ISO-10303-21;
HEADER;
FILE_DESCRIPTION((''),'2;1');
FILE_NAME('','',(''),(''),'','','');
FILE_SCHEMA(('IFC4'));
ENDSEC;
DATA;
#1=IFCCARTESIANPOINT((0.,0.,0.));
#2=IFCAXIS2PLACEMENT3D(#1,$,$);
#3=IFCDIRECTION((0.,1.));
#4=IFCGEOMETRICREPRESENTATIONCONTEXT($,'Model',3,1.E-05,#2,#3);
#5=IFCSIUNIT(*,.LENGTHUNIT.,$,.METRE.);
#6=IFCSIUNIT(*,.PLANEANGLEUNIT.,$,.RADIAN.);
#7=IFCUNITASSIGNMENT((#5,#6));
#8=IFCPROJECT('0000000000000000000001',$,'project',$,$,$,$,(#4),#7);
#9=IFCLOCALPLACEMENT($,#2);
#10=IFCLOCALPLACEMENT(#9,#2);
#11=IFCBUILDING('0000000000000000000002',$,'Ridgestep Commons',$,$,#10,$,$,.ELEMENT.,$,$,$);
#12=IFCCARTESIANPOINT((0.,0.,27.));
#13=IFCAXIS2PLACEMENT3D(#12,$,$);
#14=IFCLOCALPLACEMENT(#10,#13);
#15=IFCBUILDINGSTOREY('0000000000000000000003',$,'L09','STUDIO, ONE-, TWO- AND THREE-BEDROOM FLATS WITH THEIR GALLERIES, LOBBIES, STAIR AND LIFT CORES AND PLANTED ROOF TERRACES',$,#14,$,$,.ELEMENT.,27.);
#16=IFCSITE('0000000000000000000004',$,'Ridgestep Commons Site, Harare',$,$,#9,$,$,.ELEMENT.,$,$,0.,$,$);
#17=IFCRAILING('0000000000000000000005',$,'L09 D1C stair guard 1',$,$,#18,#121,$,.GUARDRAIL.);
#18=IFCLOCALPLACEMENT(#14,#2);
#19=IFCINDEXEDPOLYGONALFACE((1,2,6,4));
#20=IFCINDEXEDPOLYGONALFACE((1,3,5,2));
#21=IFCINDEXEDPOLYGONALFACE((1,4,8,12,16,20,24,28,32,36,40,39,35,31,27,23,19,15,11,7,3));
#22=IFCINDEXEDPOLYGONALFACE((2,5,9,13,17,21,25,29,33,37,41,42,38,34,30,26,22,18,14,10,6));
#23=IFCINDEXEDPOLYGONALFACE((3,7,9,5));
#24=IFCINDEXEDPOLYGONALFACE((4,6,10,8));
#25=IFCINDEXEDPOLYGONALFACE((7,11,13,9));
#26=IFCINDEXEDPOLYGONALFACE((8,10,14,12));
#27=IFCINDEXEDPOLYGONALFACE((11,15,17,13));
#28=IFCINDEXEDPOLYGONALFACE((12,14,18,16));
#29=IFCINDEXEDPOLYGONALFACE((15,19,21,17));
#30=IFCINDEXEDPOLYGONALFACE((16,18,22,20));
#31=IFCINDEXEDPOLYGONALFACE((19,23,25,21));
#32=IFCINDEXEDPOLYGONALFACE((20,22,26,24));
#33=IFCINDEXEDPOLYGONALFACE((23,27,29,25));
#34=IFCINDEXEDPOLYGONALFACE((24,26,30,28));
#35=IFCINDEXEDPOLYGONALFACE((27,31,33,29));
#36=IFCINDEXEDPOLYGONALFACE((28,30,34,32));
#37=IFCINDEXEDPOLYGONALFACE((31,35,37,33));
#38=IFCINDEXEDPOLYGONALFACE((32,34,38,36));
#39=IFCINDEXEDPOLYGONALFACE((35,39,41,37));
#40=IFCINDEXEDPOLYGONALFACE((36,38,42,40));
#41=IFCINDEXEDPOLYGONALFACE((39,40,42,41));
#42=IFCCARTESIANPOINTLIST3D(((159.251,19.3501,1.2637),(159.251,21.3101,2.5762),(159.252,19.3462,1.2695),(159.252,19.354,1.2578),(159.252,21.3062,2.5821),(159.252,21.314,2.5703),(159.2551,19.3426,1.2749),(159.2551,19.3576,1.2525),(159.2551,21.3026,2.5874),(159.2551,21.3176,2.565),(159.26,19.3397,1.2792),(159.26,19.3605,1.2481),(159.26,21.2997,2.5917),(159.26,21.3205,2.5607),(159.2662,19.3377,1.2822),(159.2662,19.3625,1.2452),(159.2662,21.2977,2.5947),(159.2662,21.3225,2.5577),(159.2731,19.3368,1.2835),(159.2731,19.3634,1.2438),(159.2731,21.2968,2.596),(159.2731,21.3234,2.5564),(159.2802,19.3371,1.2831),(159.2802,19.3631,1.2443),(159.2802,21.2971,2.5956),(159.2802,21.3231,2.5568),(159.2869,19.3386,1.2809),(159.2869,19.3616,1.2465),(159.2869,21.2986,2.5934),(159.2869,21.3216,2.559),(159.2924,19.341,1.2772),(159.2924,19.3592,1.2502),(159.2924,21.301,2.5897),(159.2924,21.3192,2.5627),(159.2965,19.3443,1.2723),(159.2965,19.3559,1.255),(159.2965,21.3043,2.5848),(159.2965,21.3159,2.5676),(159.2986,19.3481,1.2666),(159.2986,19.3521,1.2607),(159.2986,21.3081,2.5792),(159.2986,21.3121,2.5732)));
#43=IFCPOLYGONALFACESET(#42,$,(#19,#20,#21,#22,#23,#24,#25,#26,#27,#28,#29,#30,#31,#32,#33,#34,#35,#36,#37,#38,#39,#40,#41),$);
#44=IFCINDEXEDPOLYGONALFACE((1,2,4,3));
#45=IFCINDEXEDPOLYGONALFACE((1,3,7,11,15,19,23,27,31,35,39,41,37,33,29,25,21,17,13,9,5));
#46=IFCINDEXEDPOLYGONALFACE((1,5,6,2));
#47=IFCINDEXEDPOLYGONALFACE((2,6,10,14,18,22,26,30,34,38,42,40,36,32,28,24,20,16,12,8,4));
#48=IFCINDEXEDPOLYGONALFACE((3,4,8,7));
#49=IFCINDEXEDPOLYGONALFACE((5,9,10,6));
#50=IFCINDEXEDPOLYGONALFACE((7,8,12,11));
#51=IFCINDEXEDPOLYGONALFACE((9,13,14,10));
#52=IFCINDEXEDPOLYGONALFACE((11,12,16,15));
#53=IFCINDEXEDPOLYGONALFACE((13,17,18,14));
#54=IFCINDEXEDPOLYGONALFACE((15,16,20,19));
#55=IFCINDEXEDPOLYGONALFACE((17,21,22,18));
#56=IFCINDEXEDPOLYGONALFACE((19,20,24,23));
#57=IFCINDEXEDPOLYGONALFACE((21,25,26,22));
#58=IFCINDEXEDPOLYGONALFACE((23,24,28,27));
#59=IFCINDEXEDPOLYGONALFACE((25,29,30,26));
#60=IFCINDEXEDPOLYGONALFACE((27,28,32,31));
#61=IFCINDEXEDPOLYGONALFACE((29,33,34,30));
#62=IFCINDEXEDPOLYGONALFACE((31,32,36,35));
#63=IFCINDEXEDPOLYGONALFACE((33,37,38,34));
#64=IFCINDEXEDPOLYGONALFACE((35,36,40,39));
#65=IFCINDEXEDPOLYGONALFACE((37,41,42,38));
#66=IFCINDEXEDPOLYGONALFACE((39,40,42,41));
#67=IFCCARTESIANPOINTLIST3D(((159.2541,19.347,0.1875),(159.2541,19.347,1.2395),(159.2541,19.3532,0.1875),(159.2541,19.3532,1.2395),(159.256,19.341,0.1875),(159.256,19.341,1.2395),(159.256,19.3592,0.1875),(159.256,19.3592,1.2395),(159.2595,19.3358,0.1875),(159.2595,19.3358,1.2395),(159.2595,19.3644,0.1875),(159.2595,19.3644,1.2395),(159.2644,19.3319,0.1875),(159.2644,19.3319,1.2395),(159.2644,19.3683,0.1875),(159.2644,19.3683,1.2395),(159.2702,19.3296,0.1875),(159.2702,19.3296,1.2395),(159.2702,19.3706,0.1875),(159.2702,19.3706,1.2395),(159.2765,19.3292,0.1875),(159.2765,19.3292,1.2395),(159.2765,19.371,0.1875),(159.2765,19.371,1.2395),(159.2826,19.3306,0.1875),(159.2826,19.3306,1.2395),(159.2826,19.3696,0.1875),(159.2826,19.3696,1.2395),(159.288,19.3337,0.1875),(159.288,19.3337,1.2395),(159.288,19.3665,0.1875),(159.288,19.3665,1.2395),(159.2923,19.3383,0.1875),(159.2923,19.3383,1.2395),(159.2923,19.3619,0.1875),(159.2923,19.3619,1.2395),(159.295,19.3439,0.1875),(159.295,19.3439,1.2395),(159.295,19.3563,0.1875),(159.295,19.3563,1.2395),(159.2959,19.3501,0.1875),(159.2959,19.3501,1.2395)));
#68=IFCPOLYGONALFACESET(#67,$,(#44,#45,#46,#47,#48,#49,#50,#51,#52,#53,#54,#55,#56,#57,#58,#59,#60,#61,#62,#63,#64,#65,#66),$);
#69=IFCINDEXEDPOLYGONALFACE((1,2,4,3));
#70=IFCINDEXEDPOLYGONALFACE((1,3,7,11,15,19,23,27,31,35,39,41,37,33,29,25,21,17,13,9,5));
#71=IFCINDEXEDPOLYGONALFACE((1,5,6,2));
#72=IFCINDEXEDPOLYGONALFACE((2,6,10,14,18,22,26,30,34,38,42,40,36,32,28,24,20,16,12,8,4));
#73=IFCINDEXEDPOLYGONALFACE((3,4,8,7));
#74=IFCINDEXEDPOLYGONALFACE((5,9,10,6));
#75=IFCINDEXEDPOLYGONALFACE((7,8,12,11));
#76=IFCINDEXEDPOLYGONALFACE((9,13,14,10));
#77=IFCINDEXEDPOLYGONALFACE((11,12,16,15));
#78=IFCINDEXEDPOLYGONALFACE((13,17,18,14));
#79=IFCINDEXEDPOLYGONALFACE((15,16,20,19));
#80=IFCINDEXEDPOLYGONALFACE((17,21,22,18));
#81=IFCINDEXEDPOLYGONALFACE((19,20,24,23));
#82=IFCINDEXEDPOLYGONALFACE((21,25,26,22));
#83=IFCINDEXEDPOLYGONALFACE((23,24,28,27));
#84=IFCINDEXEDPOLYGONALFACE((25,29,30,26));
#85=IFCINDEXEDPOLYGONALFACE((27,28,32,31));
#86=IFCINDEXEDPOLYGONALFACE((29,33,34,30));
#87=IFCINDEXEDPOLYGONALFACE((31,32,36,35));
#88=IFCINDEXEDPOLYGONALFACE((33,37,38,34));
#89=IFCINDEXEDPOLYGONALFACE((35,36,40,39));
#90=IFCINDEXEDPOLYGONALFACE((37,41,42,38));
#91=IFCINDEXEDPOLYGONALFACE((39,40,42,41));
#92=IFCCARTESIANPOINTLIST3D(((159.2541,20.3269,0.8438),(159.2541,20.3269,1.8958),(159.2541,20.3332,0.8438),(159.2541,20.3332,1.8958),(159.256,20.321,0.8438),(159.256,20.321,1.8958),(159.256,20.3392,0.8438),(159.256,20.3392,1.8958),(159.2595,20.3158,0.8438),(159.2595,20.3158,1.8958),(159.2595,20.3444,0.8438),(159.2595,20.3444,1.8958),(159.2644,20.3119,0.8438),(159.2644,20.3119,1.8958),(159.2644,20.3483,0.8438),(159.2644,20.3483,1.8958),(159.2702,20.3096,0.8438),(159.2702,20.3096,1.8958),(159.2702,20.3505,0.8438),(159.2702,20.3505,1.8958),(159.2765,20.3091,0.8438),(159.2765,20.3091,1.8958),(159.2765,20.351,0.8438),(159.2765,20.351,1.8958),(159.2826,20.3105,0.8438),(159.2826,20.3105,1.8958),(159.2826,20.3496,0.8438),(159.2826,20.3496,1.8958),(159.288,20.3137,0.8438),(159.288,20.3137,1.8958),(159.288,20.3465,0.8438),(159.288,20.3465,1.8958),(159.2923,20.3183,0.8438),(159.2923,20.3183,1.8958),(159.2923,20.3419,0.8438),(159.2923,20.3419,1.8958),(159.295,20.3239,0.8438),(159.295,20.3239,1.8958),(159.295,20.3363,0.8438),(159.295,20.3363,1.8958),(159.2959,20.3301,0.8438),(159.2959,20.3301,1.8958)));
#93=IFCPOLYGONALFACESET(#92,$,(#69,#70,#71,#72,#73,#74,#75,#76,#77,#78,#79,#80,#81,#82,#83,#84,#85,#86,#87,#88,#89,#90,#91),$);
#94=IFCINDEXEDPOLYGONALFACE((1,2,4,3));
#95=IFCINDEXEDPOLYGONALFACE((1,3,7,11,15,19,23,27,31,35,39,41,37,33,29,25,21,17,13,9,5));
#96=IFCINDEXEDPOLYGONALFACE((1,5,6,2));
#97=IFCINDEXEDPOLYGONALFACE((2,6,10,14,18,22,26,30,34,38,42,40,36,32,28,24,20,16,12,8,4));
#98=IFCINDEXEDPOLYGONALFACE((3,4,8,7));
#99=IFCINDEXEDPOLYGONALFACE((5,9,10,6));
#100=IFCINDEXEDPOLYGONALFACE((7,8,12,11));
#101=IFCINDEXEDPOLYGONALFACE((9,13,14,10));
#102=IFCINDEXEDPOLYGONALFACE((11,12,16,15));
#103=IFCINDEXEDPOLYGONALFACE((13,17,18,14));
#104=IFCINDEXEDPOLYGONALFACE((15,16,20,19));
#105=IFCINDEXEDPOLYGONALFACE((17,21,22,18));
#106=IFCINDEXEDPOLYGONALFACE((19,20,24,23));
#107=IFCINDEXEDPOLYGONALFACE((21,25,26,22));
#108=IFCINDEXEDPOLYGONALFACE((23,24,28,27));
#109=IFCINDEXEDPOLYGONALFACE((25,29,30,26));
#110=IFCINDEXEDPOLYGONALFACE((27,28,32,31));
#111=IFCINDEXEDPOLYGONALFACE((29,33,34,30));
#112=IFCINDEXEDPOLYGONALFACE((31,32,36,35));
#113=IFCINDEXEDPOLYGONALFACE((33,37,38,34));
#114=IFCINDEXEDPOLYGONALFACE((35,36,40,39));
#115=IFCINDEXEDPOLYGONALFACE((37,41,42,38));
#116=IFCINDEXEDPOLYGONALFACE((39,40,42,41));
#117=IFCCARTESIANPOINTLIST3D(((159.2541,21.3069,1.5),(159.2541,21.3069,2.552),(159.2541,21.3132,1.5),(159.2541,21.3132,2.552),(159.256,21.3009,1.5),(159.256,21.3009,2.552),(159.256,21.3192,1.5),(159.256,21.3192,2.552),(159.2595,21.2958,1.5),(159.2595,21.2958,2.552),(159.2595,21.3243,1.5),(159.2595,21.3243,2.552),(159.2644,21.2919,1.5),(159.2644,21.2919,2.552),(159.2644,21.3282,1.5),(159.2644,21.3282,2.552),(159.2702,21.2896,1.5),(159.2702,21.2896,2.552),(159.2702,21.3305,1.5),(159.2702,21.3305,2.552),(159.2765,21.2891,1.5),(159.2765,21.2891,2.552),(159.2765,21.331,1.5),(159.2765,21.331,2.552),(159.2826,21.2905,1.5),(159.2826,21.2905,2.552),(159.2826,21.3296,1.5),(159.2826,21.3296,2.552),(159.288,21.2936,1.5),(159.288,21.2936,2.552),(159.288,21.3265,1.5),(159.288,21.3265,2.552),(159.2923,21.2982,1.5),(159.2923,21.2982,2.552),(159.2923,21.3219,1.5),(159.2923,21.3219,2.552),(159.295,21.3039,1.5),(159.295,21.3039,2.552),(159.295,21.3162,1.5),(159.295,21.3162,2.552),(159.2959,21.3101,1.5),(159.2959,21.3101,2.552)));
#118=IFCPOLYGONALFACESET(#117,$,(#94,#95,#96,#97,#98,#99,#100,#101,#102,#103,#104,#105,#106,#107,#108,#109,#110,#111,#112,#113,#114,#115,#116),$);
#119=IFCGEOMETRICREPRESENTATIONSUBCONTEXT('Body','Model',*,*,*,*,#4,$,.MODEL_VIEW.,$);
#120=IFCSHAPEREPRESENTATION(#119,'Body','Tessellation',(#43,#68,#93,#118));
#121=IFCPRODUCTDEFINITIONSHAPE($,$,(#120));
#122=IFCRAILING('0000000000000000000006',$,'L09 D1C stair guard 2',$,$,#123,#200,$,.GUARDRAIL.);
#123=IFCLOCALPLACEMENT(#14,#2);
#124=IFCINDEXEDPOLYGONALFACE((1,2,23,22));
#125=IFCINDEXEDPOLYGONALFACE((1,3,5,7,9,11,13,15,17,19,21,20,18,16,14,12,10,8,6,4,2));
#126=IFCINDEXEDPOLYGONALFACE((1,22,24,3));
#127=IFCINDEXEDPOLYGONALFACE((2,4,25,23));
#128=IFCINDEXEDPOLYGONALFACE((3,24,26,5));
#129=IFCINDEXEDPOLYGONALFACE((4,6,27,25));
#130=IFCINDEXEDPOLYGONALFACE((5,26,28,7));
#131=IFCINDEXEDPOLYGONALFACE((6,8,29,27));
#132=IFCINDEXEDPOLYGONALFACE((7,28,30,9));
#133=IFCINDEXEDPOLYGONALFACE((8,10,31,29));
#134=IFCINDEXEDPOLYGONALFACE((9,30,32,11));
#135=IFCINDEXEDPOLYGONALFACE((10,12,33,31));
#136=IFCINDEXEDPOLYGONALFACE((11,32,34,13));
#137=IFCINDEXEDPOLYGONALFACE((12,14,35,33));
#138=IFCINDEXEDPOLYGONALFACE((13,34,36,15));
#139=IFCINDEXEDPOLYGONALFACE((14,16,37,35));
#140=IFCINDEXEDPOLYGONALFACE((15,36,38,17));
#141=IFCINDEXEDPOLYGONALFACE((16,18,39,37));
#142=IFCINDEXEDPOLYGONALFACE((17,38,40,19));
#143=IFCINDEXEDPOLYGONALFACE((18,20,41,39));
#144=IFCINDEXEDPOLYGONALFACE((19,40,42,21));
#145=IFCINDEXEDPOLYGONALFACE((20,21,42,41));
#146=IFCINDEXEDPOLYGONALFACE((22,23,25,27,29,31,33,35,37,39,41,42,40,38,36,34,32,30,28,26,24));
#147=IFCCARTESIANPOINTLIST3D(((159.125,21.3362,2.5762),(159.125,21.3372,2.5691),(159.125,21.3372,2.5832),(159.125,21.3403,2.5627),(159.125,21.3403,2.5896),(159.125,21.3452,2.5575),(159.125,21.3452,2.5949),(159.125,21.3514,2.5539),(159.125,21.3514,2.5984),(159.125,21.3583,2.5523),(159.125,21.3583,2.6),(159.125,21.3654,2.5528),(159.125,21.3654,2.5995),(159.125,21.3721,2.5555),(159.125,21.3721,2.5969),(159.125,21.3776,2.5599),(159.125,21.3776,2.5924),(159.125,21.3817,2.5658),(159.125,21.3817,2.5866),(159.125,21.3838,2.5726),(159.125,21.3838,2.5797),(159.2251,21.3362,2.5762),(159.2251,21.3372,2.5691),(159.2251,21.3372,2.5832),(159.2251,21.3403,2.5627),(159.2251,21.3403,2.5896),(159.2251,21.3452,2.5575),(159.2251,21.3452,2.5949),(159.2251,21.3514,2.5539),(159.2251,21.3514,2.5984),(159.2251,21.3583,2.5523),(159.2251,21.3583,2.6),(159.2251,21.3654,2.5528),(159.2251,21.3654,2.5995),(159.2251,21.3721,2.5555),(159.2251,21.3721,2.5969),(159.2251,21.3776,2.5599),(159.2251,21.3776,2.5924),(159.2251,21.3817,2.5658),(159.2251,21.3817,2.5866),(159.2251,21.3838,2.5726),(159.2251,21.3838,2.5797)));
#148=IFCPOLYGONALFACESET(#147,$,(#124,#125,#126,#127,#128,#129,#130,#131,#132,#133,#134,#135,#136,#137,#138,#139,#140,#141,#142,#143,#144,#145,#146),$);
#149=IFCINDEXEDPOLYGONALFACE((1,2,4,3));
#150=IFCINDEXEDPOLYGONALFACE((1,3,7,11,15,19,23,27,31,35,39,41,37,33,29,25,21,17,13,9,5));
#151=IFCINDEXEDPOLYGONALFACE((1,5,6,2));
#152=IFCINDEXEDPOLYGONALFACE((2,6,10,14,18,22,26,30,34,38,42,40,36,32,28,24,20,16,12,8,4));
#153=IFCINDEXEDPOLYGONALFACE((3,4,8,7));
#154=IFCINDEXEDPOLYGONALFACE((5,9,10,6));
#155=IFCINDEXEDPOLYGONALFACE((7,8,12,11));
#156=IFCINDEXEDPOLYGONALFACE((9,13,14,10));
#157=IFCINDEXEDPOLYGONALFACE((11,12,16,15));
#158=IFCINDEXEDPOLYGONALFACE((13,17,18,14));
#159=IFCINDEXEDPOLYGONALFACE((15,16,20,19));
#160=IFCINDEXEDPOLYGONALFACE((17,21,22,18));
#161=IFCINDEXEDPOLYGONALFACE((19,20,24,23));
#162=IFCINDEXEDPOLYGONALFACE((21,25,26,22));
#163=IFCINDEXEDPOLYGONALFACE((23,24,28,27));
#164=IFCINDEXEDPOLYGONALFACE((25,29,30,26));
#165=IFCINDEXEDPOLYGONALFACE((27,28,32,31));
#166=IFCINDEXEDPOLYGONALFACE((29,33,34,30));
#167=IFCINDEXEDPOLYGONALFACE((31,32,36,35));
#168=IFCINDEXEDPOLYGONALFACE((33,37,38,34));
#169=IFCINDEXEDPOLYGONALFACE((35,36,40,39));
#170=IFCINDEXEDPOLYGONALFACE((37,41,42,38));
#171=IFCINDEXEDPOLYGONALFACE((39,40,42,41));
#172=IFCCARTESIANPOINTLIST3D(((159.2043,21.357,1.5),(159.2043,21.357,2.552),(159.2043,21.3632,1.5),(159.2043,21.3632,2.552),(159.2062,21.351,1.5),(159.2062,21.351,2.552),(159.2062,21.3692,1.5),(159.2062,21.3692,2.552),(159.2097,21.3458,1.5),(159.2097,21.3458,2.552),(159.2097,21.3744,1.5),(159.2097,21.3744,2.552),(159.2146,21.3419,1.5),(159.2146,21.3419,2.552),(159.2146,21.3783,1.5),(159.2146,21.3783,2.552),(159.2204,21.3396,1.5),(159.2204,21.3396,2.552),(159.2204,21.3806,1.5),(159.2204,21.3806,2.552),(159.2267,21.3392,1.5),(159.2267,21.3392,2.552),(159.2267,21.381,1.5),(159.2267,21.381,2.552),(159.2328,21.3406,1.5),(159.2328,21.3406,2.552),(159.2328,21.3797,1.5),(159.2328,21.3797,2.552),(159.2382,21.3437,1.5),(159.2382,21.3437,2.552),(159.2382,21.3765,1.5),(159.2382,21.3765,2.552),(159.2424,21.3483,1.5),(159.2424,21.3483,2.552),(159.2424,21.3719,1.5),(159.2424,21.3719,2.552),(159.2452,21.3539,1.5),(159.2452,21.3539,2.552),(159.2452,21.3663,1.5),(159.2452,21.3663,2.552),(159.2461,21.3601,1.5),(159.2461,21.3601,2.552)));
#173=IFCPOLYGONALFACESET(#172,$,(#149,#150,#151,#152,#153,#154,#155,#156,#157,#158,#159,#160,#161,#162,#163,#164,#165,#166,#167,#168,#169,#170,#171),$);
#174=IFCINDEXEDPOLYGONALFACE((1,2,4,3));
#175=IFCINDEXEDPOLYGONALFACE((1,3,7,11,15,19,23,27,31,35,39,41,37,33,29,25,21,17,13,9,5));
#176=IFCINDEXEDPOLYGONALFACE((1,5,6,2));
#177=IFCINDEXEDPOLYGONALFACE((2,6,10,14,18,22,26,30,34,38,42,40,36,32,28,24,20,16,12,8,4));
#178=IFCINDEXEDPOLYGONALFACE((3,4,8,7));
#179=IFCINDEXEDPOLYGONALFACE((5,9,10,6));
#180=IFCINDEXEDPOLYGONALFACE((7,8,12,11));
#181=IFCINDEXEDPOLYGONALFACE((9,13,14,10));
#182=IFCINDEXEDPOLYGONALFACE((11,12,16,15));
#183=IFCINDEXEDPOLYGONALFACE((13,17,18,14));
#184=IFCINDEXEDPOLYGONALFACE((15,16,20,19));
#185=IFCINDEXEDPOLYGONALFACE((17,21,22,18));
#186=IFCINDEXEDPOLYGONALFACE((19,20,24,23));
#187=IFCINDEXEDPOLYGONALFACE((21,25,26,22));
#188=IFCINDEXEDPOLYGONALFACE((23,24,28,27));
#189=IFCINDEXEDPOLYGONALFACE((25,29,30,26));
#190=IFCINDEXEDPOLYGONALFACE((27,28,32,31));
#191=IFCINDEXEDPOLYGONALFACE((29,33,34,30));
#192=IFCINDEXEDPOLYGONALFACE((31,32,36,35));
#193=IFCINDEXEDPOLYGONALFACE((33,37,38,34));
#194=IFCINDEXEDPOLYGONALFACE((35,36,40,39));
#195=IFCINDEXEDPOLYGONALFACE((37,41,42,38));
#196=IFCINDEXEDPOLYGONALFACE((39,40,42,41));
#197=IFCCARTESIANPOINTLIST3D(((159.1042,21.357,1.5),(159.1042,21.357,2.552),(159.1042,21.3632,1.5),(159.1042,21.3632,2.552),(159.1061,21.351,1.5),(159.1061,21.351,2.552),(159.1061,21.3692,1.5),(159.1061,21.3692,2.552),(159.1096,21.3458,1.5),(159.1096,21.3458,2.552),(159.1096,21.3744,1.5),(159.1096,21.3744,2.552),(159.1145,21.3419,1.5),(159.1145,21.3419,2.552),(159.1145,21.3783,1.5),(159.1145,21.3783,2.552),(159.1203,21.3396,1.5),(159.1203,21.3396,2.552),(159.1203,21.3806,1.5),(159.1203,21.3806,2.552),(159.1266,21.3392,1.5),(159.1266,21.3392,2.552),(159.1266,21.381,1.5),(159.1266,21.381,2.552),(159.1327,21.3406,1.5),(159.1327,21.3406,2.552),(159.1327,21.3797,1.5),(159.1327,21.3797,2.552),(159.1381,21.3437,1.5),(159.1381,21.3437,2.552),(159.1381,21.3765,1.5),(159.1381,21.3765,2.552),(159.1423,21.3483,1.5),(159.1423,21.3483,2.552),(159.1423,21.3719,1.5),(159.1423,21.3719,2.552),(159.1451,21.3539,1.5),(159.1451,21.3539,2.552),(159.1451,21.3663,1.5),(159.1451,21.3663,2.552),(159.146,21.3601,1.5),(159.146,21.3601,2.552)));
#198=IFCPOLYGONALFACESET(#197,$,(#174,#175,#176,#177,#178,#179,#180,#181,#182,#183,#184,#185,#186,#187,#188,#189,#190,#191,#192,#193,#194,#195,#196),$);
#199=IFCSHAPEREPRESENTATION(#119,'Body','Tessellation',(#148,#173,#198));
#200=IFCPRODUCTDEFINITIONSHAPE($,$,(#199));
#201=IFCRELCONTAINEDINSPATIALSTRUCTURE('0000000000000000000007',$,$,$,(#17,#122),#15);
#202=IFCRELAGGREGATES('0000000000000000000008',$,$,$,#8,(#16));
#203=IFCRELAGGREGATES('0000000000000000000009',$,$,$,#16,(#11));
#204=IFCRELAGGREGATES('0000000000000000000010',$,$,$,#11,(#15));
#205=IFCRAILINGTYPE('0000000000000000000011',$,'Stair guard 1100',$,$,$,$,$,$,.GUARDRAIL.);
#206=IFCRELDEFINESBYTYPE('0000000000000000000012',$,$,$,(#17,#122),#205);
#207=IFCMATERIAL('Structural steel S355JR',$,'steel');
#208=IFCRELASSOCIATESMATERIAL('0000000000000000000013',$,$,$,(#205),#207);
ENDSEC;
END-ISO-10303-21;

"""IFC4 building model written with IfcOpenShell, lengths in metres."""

from ifc_helpers import new_model, si_unit, direction, frame, origin, origin_2d, place, context, subcontext, project, spatial, circle, extrude, material, type_object, element, save


model = new_model("IFC4")

# Units and contexts
model_context = context("Model", 3, precision=1e-05, world=origin(), true_north=direction((0.0, 1.0)))
body_context = subcontext(model_context, "Body", "Model", "MODEL_VIEW")
ifc_project = project(units=[si_unit("LENGTHUNIT", "METRE"), si_unit("PLANEANGLEUNIT", "RADIAN")], contexts=[model_context])

# Site, building, storey
site_placement = place(None, origin())
site = spatial("IfcSite", under=ifc_project, at=site_placement, Name="Ridgestep Commons Site, Harare", CompositionType="ELEMENT", RefElevation=0.0)
building_placement = place(site_placement, origin())
building = spatial("IfcBuilding", under=site, at=building_placement, Name="Ridgestep Commons", CompositionType="ELEMENT")
storey_placement = place(building_placement, frame((0.0, 0.0, 27.0)))
storey = spatial("IfcBuildingStorey", under=building, at=storey_placement, Name="L09", Description="STUDIO, ONE-, TWO- AND THREE-BEDROOM FLATS WITH THEIR GALLERIES, LOBBIES, STAIR AND LIFT CORES AND PLANTED ROOF TERRACES", CompositionType="ELEMENT", Elevation=27.0)

# Railings
ifc_material_1 = material(Name="Structural steel S355JR", Category="steel")
railing_type_1 = type_object("IfcRailingType", Name="Stair guard 1100", PredefinedType="GUARDRAIL", material=ifc_material_1)
railing_1_placement = place(storey_placement, frame((159.2749, 19.3501, 0.1875)))
element("IfcRailing", 1, at=railing_1_placement, inside=storey, type_object=railing_type_1, Name="L09 D1C stair guard 1", PredefinedType="GUARDRAIL", context=body_context, shape_type="SweptSolid", body=[
    extrude(circle(Radius=0.0239, at=origin_2d()), frame((0.0, 0.0, 1.0762), z_axis=(0.0, 0.830902, 0.556419), x_axis=(-1.0, 0.0, 0.0)), (0.0, 0.0, 1.0), 2.3589),
    extrude(circle(Radius=0.021, at=origin_2d()), origin(), (0.0, 0.0, 1.0), 1.052),
    extrude(circle(Radius=0.021, at=origin_2d()), frame((0.0, 0.98, 0.6562)), (0.0, 0.0, 1.0), 1.052),
    extrude(circle(Radius=0.021, at=origin_2d()), frame((0.0, 1.96, 1.3125)), (0.0, 0.0, 1.0), 1.052),
])
railing_2_placement = place(storey_placement, frame((159.2251, 21.3601, 1.5)))
element("IfcRailing", 2, at=railing_2_placement, inside=storey, type_object=railing_type_1, Name="L09 D1C stair guard 2", PredefinedType="GUARDRAIL", context=body_context, shape_type="SweptSolid", body=[
    extrude(circle(Radius=0.0239, at=origin_2d()), frame((0.0, 0.0, 1.0762), z_axis=(-1.0, 0.0, 0.0), x_axis=(0.0, -1.0, 0.0)), (0.0, 0.0, 1.0), 0.1001),
    extrude(circle(Radius=0.021, at=origin_2d()), origin(), (0.0, 0.0, 1.0), 1.052),
    extrude(circle(Radius=0.021, at=origin_2d()), frame((-0.1001, 0.0, 0.0)), (0.0, 0.0, 1.0), 1.052),
])

save(model, "model.ifc")
